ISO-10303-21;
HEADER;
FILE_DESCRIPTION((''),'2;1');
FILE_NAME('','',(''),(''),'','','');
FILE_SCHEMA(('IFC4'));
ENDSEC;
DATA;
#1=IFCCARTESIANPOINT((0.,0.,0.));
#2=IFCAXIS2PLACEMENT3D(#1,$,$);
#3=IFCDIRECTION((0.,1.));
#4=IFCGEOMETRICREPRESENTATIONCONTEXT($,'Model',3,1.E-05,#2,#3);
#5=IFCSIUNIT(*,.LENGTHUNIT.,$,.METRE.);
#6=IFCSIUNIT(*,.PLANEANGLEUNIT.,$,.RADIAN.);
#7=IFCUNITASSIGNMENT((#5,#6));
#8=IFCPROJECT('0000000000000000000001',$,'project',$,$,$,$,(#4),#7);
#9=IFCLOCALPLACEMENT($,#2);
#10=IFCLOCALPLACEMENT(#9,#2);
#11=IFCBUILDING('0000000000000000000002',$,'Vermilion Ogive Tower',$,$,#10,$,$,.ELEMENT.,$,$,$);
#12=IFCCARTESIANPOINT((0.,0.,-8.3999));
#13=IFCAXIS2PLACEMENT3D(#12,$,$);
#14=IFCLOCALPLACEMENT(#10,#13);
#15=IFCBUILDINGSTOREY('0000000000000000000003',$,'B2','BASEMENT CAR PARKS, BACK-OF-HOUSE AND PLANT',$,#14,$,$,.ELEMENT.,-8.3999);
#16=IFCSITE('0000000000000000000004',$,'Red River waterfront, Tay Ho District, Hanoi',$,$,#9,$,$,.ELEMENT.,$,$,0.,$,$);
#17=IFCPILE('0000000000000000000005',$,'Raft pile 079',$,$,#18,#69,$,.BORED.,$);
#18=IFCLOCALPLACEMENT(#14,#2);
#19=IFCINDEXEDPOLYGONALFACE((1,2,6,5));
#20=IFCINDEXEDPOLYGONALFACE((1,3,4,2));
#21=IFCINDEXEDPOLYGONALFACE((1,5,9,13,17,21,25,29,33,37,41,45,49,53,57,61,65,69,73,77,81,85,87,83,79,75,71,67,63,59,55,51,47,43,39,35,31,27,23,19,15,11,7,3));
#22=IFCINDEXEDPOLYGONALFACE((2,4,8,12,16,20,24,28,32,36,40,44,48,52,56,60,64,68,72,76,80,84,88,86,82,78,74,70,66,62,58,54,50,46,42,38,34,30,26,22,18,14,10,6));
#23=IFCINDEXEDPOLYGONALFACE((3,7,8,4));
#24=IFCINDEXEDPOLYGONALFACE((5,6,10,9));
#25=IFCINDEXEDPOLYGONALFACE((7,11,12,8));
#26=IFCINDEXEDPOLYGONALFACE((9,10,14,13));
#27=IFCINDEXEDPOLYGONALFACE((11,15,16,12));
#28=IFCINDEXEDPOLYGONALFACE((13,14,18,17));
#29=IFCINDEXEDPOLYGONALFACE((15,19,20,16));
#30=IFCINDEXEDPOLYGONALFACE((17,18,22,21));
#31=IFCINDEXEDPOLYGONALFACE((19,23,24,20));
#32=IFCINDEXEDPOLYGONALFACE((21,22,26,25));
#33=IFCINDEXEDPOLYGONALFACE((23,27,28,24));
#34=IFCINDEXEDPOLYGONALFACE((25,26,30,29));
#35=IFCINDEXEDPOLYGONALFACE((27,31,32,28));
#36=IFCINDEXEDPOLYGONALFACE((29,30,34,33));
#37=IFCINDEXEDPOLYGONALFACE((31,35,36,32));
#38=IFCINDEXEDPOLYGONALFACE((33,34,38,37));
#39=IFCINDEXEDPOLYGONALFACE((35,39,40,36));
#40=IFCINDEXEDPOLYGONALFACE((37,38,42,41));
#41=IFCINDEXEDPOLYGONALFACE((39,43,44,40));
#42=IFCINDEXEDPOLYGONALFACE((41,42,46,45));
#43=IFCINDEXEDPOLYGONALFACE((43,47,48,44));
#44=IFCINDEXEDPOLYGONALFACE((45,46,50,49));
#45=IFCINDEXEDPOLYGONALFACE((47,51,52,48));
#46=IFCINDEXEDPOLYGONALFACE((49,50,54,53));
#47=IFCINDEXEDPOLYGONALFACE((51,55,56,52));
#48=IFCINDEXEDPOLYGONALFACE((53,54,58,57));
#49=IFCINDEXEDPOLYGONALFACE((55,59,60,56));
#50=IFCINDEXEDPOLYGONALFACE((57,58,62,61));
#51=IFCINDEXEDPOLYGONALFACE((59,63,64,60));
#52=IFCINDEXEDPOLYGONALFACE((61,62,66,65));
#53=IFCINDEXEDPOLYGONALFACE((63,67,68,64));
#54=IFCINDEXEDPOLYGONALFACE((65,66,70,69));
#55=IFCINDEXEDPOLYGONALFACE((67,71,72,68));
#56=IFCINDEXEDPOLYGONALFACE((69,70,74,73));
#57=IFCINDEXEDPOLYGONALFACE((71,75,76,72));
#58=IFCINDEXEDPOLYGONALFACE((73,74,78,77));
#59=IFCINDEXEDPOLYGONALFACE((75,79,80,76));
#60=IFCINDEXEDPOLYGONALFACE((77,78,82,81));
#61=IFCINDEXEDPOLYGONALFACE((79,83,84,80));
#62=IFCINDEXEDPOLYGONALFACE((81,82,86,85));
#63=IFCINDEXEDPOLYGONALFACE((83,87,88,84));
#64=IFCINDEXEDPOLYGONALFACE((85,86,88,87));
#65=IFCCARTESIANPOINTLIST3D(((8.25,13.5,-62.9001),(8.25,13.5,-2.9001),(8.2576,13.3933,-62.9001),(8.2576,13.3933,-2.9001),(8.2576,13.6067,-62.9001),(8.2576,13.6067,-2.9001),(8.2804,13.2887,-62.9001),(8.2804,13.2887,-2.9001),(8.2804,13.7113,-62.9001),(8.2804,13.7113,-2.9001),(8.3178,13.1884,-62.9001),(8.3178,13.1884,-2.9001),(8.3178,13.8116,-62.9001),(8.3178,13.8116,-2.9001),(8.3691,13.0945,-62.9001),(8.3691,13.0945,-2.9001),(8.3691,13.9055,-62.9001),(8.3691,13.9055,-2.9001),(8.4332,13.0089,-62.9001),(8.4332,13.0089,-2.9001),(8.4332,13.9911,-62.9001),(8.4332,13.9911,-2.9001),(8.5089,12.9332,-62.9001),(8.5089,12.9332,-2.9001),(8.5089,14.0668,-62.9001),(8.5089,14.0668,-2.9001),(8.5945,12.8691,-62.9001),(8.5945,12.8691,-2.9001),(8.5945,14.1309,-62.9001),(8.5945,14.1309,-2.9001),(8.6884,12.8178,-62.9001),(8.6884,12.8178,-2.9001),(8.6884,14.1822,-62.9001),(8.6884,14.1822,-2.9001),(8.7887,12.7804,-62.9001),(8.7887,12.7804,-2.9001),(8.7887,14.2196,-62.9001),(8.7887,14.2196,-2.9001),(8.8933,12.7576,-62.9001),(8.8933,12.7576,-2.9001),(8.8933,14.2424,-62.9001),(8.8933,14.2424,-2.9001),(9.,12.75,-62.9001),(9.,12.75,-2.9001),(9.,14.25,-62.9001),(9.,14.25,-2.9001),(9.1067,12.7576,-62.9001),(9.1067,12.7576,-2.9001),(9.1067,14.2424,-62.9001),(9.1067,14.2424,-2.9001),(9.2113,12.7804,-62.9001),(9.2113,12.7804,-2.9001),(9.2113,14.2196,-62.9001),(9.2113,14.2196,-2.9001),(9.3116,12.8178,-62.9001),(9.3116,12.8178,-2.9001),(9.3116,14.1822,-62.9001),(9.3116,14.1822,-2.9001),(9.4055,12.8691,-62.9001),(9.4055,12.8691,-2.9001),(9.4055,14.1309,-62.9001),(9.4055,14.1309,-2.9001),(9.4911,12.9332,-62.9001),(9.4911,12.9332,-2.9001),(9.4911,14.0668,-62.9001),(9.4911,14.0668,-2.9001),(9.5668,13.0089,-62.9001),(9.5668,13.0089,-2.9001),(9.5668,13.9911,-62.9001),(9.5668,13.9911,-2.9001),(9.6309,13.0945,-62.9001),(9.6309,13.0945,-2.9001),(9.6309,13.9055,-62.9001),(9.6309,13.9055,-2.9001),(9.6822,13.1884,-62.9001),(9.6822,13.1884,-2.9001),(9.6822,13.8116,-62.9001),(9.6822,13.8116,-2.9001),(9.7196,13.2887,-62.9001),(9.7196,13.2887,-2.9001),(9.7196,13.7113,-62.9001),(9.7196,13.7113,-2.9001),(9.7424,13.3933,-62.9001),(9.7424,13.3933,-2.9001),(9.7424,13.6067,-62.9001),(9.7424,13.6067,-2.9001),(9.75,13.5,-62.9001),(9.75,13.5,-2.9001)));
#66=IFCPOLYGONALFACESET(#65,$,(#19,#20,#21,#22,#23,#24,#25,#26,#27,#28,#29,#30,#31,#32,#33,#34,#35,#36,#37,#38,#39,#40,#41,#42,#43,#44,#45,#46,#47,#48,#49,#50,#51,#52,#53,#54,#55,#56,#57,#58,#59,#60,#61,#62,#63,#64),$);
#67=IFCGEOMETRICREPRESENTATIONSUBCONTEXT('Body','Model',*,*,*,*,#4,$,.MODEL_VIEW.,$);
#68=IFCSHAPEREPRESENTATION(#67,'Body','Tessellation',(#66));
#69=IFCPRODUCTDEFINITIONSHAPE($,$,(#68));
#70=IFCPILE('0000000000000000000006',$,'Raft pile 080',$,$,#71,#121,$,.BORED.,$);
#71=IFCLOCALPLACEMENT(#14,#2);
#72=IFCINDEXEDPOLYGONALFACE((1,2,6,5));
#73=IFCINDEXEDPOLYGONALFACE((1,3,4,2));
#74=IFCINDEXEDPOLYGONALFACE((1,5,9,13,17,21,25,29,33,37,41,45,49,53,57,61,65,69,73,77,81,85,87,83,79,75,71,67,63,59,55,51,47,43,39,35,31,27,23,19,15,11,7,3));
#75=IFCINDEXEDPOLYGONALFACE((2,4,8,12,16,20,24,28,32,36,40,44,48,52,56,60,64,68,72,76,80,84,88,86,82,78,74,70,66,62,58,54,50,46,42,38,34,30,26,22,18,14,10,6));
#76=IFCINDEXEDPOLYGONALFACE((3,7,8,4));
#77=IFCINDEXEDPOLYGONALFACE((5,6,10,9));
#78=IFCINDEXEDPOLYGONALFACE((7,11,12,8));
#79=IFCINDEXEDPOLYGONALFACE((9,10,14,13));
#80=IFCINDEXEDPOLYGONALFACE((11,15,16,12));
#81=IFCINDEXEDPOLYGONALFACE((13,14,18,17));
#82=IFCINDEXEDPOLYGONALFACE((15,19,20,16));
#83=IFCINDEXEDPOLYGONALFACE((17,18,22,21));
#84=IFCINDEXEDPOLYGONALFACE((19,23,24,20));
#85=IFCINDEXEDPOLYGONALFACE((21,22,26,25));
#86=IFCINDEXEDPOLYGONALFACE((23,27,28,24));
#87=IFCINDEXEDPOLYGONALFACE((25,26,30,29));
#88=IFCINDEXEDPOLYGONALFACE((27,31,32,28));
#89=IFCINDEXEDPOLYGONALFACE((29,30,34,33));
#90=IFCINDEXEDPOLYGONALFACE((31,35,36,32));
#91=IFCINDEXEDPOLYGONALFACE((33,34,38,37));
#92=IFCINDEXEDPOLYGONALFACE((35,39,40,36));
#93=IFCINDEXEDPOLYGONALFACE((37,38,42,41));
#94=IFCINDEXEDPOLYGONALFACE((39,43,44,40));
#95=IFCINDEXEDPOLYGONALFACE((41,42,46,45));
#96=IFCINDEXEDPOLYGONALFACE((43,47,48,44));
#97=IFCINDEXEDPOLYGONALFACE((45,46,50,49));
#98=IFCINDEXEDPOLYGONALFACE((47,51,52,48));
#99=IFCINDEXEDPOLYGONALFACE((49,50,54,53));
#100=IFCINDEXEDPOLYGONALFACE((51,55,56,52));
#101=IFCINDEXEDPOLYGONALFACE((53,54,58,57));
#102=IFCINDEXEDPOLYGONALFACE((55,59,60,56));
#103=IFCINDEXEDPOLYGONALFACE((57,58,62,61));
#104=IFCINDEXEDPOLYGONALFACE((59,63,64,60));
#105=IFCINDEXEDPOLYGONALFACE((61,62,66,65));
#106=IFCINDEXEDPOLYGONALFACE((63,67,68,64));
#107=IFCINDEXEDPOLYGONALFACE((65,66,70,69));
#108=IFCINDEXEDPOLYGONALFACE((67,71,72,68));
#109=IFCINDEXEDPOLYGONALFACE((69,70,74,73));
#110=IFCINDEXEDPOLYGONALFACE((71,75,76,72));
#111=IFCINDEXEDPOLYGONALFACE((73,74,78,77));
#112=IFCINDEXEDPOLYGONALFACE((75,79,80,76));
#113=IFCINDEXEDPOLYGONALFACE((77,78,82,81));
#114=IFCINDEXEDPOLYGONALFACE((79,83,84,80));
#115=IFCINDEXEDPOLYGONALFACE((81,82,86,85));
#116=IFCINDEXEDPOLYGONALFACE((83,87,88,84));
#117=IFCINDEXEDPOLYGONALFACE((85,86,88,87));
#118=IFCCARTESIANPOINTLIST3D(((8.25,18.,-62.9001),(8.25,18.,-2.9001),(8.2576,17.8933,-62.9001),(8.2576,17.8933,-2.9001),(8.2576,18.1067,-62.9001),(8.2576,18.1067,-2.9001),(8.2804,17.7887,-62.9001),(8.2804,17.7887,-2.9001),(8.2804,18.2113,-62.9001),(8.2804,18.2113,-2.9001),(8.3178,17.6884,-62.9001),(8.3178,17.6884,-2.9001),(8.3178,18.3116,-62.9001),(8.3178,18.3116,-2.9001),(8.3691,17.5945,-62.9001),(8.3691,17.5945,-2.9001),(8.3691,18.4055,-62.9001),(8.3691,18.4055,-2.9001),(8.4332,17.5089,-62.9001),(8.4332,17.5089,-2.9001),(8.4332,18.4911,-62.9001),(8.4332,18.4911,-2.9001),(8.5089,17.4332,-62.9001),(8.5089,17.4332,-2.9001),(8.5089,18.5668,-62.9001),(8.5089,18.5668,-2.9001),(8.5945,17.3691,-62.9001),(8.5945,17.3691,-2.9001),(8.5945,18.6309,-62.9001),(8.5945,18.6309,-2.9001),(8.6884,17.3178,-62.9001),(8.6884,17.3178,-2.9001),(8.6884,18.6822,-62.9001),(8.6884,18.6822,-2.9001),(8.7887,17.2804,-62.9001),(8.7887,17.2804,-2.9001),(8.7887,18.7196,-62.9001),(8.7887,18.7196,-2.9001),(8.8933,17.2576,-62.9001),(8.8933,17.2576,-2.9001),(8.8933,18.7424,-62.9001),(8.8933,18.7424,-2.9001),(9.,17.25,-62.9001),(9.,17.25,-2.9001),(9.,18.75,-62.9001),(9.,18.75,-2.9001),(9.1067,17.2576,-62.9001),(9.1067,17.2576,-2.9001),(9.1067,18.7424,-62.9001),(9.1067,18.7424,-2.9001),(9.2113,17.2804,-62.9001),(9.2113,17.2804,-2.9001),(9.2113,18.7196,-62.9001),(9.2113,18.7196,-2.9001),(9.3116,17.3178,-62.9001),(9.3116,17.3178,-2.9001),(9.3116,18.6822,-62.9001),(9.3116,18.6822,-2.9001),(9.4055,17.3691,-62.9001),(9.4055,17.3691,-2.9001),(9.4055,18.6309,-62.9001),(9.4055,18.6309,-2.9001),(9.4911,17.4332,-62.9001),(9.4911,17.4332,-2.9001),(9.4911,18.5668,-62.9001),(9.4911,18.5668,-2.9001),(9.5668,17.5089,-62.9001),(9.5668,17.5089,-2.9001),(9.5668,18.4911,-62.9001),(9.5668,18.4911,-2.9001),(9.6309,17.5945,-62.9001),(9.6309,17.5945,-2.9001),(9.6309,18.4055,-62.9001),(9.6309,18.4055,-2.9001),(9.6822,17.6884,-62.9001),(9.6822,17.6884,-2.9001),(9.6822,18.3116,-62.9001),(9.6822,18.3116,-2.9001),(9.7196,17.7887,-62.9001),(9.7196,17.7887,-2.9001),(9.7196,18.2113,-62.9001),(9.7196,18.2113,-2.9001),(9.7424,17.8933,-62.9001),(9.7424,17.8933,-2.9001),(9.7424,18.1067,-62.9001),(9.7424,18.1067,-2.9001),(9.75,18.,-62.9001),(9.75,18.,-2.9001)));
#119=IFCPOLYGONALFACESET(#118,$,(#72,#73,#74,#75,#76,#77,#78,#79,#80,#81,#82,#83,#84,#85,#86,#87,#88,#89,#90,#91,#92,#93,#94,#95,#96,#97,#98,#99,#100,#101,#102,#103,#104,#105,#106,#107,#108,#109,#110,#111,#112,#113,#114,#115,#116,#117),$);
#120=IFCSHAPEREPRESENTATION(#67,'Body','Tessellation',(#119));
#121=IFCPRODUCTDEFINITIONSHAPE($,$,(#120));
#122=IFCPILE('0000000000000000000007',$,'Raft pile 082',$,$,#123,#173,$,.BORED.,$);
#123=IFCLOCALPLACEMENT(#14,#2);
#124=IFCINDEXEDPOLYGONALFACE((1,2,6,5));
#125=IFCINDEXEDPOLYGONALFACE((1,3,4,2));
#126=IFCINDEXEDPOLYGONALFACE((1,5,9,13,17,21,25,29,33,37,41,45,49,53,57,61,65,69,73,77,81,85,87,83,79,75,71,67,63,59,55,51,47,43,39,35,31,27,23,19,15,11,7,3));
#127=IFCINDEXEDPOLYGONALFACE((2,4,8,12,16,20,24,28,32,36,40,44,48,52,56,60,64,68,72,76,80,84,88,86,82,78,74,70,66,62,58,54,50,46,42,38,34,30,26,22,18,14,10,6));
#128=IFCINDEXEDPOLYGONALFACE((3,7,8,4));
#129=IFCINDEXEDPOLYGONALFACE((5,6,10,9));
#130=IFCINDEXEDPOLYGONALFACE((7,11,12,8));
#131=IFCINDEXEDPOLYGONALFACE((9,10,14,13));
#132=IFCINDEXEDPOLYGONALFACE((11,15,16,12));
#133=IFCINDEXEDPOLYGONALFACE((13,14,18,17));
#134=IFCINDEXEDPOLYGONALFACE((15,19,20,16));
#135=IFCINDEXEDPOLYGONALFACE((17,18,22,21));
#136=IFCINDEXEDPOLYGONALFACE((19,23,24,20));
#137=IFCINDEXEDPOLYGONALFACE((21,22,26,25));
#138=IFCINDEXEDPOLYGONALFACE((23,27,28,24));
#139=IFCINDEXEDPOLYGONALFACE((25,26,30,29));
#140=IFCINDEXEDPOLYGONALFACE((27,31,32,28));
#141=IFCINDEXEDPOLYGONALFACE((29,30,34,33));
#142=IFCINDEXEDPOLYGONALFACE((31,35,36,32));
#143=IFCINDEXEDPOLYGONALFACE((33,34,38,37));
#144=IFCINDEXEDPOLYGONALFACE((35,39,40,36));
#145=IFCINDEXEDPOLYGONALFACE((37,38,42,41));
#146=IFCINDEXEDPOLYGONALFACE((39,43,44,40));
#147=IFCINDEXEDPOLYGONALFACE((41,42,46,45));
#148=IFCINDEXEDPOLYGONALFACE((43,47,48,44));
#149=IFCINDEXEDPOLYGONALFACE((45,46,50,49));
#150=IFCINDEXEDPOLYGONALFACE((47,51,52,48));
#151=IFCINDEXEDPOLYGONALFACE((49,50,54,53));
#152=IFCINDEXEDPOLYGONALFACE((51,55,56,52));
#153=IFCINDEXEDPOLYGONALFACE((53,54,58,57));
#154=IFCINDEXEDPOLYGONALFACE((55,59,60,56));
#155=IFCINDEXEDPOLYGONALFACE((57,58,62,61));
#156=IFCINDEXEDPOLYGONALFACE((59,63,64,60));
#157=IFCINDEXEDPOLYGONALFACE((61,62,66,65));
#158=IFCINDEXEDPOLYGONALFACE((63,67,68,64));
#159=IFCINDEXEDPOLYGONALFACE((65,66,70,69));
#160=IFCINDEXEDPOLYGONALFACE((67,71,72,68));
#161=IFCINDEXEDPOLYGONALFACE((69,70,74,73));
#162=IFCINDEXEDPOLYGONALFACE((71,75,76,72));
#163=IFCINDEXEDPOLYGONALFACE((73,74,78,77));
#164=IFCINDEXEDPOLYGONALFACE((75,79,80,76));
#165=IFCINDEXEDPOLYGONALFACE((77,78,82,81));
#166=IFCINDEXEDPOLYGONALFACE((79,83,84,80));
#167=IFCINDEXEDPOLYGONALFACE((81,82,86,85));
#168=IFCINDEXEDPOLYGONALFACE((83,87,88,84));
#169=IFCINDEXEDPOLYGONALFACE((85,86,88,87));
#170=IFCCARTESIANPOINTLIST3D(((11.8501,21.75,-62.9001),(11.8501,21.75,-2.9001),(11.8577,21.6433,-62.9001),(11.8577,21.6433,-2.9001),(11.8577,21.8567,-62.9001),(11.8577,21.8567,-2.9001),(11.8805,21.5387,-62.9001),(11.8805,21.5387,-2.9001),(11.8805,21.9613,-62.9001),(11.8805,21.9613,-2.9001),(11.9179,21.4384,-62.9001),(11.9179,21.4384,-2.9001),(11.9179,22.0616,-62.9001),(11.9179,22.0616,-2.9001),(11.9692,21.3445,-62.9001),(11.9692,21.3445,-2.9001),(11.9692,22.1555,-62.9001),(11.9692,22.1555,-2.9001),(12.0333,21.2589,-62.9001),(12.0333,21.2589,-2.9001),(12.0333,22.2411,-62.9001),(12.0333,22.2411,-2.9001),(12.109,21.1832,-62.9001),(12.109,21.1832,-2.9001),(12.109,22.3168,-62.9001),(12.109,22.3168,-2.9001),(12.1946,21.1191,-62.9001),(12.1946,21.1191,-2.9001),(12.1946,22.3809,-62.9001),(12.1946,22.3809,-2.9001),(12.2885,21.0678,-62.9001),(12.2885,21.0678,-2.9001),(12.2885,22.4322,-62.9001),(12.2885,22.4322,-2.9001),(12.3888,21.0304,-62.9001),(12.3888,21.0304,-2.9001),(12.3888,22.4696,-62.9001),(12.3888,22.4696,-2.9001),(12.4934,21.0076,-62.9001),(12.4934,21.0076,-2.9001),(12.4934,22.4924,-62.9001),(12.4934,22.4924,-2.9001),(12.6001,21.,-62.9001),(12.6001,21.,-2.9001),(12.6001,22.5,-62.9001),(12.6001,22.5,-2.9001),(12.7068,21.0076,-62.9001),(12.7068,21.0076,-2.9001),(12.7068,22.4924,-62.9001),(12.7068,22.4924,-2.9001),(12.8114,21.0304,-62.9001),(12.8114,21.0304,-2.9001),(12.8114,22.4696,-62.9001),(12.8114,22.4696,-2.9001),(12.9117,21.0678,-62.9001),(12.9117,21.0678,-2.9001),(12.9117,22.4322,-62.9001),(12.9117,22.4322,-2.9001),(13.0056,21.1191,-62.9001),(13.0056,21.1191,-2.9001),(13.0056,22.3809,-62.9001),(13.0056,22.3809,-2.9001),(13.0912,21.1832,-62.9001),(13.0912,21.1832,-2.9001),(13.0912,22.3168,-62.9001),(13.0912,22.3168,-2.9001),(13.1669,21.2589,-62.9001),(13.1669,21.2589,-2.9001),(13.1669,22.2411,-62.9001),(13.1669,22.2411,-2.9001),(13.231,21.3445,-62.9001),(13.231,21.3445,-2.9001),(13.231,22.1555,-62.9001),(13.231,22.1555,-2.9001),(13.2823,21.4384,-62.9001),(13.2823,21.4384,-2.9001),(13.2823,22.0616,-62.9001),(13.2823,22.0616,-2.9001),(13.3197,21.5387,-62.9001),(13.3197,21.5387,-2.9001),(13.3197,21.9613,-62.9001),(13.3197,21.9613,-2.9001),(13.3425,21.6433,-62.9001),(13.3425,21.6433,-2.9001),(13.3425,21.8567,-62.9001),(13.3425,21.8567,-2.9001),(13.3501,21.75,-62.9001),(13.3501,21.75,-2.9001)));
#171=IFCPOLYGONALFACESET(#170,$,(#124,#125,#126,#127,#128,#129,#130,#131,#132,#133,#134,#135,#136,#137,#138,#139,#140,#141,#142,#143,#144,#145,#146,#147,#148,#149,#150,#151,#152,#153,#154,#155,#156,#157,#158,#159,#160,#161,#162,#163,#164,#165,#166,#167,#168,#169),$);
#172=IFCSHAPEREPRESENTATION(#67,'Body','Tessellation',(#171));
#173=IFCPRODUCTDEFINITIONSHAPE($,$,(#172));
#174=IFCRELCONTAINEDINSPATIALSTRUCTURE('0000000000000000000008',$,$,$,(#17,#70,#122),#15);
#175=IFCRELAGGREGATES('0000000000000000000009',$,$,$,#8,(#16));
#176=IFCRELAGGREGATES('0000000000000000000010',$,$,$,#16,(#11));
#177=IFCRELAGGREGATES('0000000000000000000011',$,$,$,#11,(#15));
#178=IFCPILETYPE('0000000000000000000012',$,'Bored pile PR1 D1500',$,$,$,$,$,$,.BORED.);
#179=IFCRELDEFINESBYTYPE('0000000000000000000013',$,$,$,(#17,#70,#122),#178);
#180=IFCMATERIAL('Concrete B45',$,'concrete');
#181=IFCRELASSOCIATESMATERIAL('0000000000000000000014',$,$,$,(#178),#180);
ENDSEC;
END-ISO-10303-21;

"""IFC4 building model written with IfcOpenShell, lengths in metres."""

from ifc_helpers import new_model, si_unit, direction, frame, origin, origin_2d, place, context, subcontext, project, spatial, circle, extrude, material, type_object, element, save


model = new_model("IFC4")

# Units and contexts
model_context = context("Model", 3, precision=1e-05, world=origin(), true_north=direction((0.0, 1.0)))
body_context = subcontext(model_context, "Body", "Model", "MODEL_VIEW")
ifc_project = project(units=[si_unit("LENGTHUNIT", "METRE"), si_unit("PLANEANGLEUNIT", "RADIAN")], contexts=[model_context])

# Site, building, storey
site_placement = place(None, origin())
site = spatial("IfcSite", under=ifc_project, at=site_placement, Name="Red River waterfront, Tay Ho District, Hanoi", CompositionType="ELEMENT", RefElevation=0.0)
building_placement = place(site_placement, origin())
building = spatial("IfcBuilding", under=site, at=building_placement, Name="Vermilion Ogive Tower", CompositionType="ELEMENT")
storey_placement = place(building_placement, frame((0.0, 0.0, -8.3999)))
storey = spatial("IfcBuildingStorey", under=building, at=storey_placement, Name="B2", Description="BASEMENT CAR PARKS, BACK-OF-HOUSE AND PLANT", CompositionType="ELEMENT", Elevation=-8.3999)

# Piles
ifc_material_1 = material(Name="Concrete B45", Category="concrete")
pile_type = type_object("IfcPileType", Name="Bored pile PR1 D1500", PredefinedType="BORED", material=ifc_material_1)
for number, where, z_axis, x_axis, name in (
    (1, (9.0, 13.5, -2.9001), (0.0, 0.0, -1.0), (1.0, 0.0, 0.0), "Raft pile 079"),
    (2, (9.0, 18.0, -2.9001), (0.0, 0.0, -1.0), (1.0, 0.0, 0.0), "Raft pile 080"),
    (3, (12.6001, 21.75, -2.9001), (0.0, 0.0, -1.0), (1.0, 0.0, 0.0), "Raft pile 082"),
):
    element("IfcPile", number, at=place(storey_placement, frame(where, z_axis=z_axis, x_axis=x_axis)), inside=storey, type_object=pile_type, Name=name, PredefinedType="BORED", context=body_context, shape_type="SweptSolid", body=[
        extrude(circle(Radius=0.75, at=origin_2d()), origin(), (0.0, 0.0, 1.0), 60.0),
    ])

save(model, "model.ifc")
